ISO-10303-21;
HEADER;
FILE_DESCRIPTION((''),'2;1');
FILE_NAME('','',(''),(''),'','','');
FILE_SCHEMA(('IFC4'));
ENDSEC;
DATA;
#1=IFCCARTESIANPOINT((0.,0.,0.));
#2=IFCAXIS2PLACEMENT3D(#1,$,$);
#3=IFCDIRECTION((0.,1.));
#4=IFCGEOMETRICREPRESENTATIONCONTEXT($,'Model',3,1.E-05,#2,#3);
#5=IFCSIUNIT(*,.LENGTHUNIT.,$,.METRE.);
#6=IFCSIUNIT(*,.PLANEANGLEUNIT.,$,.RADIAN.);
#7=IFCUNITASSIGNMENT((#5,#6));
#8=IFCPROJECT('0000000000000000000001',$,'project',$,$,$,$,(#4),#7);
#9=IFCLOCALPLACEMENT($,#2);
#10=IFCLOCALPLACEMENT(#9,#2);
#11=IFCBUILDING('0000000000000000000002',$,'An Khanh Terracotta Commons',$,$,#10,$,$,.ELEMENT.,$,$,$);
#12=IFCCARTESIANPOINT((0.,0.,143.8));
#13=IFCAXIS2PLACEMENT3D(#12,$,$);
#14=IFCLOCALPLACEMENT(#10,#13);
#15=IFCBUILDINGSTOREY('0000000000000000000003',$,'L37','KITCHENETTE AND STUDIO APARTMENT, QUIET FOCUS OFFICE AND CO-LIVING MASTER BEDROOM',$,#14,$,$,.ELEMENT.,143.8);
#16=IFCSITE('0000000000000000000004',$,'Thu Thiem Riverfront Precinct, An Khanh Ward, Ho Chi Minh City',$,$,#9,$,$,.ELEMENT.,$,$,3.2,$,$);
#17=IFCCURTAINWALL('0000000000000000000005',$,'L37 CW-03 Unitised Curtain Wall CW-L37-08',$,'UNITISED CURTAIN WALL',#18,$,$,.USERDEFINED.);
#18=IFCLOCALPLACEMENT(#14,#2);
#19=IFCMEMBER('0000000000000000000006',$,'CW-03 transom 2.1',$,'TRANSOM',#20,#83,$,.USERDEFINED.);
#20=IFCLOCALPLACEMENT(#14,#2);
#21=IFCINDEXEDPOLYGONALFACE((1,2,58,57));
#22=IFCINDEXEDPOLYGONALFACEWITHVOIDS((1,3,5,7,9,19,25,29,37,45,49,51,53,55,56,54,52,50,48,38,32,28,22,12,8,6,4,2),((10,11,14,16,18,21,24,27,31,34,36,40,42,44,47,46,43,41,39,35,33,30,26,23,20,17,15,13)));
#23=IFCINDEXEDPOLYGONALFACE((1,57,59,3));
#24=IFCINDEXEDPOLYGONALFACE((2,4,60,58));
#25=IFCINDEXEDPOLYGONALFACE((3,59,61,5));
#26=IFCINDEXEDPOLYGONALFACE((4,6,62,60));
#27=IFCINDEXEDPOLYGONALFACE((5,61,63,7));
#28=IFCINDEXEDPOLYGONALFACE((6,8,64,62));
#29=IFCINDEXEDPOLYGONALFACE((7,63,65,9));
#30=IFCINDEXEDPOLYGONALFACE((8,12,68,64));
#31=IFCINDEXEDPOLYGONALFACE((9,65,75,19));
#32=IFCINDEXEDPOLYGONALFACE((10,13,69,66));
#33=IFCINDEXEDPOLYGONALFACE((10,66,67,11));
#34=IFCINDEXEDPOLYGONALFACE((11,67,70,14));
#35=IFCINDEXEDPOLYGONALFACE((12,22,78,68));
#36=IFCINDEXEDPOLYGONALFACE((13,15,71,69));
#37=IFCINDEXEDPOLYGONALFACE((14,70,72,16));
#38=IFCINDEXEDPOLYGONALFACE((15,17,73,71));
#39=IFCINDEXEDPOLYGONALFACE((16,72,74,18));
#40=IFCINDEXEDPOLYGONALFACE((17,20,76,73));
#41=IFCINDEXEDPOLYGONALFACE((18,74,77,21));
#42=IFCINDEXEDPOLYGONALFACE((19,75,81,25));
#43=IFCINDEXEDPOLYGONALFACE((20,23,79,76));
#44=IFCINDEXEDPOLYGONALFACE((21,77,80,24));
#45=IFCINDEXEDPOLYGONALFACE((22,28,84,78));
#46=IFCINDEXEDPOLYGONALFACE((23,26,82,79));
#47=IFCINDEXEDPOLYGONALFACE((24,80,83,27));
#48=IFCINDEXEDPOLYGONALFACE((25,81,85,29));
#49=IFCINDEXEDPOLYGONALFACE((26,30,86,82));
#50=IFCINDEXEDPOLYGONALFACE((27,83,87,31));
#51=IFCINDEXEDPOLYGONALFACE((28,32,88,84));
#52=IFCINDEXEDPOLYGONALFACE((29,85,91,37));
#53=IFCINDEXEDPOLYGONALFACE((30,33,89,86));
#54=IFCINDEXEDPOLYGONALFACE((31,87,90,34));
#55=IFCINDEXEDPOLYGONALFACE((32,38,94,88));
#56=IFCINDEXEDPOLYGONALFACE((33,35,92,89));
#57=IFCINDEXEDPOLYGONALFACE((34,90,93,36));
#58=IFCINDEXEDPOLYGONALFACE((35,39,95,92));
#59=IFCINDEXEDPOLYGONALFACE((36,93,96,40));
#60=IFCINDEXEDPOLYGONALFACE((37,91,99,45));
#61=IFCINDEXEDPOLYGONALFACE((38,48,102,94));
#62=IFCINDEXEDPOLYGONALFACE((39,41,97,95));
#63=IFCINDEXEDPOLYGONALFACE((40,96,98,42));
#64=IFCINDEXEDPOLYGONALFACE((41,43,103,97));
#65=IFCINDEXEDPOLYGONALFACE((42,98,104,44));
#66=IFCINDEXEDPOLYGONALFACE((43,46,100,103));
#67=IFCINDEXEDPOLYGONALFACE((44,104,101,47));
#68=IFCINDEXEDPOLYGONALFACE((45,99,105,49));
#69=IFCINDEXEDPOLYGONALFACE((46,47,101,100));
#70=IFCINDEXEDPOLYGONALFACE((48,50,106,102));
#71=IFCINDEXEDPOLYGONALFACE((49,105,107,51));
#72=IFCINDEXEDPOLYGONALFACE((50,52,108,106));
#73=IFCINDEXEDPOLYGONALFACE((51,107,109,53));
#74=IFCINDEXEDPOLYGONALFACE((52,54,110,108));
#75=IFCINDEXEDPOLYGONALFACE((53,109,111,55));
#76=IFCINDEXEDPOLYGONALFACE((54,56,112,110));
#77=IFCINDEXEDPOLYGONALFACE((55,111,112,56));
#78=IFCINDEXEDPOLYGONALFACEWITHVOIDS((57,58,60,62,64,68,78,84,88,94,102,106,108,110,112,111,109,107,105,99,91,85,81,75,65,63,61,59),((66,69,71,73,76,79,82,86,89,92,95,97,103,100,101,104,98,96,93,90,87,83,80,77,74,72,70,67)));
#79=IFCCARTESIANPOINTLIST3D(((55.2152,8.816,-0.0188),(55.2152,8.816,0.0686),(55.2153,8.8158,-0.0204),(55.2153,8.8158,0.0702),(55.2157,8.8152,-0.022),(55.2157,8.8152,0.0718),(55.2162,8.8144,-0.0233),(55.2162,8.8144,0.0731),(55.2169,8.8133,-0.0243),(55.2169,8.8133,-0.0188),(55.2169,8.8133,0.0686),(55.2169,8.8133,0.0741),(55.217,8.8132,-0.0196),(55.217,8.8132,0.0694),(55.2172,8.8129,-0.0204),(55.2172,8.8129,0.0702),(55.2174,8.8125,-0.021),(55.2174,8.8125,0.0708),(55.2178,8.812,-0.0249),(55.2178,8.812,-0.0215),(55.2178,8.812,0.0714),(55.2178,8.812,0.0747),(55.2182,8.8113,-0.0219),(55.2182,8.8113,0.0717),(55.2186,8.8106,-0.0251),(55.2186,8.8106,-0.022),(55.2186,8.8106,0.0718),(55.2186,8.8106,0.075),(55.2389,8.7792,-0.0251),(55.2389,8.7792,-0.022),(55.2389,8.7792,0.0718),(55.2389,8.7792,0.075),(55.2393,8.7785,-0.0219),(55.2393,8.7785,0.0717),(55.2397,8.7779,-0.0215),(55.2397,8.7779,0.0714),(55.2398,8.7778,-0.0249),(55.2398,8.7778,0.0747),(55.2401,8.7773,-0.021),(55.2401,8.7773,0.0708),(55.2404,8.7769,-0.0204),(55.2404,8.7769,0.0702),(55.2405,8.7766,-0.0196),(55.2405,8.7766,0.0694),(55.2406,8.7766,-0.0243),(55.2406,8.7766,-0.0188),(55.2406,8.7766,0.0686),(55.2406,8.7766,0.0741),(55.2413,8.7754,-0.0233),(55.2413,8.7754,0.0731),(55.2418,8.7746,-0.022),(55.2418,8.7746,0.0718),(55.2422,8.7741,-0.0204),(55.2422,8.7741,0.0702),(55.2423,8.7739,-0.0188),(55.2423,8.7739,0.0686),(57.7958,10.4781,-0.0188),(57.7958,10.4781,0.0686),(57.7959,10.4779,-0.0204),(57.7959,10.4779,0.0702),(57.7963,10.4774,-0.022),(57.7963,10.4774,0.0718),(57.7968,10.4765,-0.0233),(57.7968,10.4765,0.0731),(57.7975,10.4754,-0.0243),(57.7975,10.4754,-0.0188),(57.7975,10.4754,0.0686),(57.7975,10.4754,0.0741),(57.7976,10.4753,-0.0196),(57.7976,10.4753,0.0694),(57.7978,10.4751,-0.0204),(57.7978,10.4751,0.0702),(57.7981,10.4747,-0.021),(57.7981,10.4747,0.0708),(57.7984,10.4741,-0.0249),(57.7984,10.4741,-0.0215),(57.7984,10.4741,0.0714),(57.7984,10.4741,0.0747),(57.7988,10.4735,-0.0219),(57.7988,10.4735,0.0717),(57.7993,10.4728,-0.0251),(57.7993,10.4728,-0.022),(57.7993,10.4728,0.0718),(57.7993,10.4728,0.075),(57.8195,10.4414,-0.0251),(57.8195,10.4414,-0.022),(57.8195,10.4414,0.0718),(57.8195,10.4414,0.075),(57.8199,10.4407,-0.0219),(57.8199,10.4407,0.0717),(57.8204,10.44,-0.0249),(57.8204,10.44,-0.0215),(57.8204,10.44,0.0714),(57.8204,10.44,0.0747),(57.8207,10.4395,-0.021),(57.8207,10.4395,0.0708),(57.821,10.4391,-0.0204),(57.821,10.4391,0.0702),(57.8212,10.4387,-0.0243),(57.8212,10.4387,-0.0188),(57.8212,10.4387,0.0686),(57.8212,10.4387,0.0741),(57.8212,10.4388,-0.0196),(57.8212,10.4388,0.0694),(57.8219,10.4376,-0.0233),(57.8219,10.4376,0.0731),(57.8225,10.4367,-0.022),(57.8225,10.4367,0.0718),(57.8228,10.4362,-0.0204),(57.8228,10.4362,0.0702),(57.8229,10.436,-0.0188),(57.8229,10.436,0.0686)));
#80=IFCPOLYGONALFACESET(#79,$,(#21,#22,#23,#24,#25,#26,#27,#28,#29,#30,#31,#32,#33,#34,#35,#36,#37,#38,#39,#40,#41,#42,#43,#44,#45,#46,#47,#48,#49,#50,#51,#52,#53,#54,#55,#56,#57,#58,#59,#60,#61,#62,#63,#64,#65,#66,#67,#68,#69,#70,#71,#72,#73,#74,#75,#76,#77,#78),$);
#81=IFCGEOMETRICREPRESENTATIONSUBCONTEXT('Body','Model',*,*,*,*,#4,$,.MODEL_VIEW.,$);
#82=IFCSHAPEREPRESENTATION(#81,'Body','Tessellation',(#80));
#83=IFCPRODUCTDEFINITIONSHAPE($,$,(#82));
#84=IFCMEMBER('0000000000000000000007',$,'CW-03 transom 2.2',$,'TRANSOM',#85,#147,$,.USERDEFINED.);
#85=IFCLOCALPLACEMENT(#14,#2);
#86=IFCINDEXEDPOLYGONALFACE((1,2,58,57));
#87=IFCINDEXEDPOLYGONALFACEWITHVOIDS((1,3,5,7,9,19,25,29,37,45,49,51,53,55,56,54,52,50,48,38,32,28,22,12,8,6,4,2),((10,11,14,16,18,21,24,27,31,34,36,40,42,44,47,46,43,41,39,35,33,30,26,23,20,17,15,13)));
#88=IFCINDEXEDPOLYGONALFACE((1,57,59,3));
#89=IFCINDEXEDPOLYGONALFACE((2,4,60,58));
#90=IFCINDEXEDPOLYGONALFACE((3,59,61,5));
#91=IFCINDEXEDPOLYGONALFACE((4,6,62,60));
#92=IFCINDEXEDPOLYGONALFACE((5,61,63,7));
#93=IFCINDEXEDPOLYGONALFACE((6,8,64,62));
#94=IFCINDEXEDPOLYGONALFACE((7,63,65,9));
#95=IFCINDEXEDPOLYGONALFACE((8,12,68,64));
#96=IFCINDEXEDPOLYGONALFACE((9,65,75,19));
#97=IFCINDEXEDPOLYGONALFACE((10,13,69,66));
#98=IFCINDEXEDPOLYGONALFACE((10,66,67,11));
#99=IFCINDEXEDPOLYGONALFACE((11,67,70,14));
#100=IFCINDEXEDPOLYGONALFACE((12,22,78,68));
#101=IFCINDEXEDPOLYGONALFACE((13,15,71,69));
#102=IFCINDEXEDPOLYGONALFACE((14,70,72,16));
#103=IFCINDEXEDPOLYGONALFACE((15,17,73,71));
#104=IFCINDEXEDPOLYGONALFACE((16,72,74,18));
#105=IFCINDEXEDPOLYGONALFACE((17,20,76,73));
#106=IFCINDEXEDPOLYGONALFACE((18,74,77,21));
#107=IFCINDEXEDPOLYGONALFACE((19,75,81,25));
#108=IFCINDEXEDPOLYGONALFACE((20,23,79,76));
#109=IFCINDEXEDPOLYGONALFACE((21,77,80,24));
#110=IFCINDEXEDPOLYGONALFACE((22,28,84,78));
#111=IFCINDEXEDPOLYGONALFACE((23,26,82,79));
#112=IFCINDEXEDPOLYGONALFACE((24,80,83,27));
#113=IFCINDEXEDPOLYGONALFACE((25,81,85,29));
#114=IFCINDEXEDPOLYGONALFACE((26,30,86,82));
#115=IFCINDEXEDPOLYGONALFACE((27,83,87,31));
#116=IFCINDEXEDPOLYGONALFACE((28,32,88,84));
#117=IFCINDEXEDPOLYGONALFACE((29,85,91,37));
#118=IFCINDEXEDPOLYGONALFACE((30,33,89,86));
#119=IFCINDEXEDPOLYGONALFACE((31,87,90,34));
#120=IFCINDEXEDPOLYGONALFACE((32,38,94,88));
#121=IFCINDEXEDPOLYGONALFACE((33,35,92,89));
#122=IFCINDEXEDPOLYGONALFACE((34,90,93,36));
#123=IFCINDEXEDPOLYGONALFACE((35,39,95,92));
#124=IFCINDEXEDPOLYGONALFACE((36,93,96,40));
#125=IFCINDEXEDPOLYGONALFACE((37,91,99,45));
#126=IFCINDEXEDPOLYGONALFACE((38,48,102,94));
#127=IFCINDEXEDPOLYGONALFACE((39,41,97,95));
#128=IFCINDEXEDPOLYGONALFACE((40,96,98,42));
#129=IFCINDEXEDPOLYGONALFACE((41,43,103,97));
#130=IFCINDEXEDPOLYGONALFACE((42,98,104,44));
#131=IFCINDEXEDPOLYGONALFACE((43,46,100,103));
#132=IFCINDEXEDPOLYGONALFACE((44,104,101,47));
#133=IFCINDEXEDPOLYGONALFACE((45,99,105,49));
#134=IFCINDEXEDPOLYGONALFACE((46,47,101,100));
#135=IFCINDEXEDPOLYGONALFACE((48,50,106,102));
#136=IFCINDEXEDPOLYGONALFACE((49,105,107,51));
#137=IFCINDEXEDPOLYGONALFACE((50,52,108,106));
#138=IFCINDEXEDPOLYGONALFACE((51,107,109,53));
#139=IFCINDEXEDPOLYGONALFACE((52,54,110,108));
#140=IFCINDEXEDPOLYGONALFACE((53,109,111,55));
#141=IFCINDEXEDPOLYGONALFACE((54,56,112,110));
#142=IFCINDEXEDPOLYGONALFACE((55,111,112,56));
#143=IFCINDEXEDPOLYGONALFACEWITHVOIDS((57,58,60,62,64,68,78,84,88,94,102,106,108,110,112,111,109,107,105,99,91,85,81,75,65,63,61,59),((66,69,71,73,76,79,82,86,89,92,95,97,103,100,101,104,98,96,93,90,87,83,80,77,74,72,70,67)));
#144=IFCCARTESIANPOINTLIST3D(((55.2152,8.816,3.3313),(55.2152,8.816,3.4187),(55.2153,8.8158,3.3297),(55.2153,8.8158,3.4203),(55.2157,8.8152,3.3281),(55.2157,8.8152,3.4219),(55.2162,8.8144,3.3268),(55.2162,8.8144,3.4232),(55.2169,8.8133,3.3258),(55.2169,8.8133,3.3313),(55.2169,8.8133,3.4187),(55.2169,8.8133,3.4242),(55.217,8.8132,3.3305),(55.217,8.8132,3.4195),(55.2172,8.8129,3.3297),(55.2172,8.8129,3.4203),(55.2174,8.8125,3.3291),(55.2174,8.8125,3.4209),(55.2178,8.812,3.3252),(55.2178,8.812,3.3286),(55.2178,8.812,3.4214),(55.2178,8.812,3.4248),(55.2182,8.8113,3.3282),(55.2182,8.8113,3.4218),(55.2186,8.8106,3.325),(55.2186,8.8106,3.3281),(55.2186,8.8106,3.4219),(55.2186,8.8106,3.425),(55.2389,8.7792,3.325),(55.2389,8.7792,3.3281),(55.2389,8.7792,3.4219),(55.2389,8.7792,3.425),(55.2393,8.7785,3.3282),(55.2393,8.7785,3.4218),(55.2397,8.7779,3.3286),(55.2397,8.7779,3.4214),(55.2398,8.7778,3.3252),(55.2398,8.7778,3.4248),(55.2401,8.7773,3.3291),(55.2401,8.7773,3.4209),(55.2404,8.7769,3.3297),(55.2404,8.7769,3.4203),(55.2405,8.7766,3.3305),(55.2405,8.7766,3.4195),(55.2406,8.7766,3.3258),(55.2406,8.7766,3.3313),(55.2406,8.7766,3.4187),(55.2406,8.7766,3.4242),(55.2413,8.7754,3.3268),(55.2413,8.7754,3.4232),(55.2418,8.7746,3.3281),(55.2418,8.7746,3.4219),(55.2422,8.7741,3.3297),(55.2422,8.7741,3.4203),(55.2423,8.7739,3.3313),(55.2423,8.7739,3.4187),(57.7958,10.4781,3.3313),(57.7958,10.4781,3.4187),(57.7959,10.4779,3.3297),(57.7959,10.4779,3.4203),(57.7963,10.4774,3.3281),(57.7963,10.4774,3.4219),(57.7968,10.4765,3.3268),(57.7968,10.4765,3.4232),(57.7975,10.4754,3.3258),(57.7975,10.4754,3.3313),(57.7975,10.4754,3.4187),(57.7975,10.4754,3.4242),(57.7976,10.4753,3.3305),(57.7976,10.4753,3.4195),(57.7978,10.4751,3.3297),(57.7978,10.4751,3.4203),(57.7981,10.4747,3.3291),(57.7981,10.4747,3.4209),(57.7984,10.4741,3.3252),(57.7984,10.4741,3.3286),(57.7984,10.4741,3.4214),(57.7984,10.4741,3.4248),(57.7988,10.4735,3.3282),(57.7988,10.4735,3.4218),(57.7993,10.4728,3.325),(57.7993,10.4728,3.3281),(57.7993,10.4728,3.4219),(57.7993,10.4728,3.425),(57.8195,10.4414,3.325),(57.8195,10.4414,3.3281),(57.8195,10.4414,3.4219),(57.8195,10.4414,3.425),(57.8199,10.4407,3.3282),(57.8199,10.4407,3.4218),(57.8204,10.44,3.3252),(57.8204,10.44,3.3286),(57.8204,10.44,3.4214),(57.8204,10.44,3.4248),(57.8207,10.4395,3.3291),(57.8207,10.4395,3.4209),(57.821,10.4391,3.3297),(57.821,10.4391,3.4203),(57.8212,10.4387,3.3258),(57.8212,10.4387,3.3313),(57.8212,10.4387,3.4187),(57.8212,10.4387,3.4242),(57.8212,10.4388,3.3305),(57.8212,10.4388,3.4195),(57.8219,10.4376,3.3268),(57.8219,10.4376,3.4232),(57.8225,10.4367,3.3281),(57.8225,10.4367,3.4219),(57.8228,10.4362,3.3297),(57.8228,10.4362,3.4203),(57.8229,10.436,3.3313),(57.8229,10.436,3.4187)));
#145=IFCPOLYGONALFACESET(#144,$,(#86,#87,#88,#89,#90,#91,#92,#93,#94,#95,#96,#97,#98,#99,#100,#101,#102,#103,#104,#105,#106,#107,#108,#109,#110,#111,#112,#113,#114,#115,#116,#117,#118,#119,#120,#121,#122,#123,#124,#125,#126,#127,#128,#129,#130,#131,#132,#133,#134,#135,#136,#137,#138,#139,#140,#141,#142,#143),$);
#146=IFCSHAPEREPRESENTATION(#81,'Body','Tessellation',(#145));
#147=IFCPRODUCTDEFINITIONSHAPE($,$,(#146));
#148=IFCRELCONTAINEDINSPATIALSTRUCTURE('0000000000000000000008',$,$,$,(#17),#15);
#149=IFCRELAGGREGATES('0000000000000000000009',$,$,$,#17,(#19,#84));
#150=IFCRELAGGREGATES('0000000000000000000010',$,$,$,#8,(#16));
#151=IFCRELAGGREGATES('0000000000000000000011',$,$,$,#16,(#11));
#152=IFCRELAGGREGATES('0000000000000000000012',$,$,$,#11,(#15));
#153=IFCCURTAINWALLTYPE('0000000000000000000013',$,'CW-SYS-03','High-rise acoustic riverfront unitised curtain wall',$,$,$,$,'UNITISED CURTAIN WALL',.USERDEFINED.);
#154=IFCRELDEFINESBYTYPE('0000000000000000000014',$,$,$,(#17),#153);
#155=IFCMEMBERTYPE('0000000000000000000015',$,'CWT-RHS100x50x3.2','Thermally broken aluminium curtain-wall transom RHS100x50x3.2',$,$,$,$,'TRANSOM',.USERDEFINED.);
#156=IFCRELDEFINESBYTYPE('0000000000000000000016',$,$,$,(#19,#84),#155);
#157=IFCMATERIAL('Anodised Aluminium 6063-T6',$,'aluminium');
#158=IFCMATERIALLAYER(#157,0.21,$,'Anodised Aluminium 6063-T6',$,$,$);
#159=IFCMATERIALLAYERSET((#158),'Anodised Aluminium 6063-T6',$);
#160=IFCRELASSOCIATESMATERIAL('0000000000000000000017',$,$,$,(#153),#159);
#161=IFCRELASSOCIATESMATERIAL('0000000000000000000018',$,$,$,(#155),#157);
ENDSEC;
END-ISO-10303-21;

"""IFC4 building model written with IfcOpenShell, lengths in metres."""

from ifc_helpers import new_model, si_unit, direction, frame, origin, origin_2d, place, context, subcontext, project, spatial, hollow_rectangle, extrude, material, layer, layer_set, material_profile, profile_set, type_object, element, aggregate, save


model = new_model("IFC4")

# Units and contexts
model_context = context("Model", 3, precision=1e-05, world=origin(), true_north=direction((0.0, 1.0)))
body_context = subcontext(model_context, "Body", "Model", "MODEL_VIEW")
ifc_project = project(units=[si_unit("LENGTHUNIT", "METRE"), si_unit("PLANEANGLEUNIT", "RADIAN")], contexts=[model_context])

# Site, building, storey
site_placement = place(None, origin())
site = spatial("IfcSite", under=ifc_project, at=site_placement, Name="Thu Thiem Riverfront Precinct, An Khanh Ward, Ho Chi Minh City", CompositionType="ELEMENT", RefElevation=3.2)
building_placement = place(site_placement, origin())
building = spatial("IfcBuilding", under=site, at=building_placement, Name="An Khanh Terracotta Commons", CompositionType="ELEMENT")
storey_placement = place(building_placement, frame((0.0, 0.0, 143.8)))
storey = spatial("IfcBuildingStorey", under=building, at=storey_placement, Name="L37", Description="KITCHENETTE AND STUDIO APARTMENT, QUIET FOCUS OFFICE AND CO-LIVING MASTER BEDROOM", CompositionType="ELEMENT", Elevation=143.8)

# Curtain wall
ifc_material_1 = material(Name="Anodised Aluminium 6063-T6", Category="aluminium")
ifc_layer_1 = layer(ifc_material_1, 0.21, Name="Anodised Aluminium 6063-T6")
ifc_layer_set_1 = layer_set([ifc_layer_1], Name="Anodised Aluminium 6063-T6")
curtain_wall_type = type_object("IfcCurtainWallType", Name="CW-SYS-03", Description="High-rise acoustic riverfront unitised curtain wall", ElementType="UNITISED CURTAIN WALL", PredefinedType="USERDEFINED", material=ifc_layer_set_1)
curtain_wall_1_placement = place(storey_placement, origin())
curtain_wall_1 = element("IfcCurtainWall", 1, at=curtain_wall_1_placement, inside=storey, type_object=curtain_wall_type, Name="L37 CW-03 Unitised Curtain Wall CW-L37-08", ObjectType="UNITISED CURTAIN WALL", PredefinedType="USERDEFINED")

# Members
ifc_material_profile_1 = material_profile(ifc_material_1, hollow_rectangle(XDim=0.05, YDim=0.1001, WallThickness=0.0032, InnerFilletRadius=0.0032, OuterFilletRadius=0.0063, at=origin_2d()), Name="RHS100x50x3.2")
ifc_profile_set_1 = profile_set([ifc_material_profile_1], Name="Anodised Aluminium 6063-T6")
member_type_1 = type_object("IfcMemberType", Name="CWT-RHS100x50x3.2", Description="Thermally broken aluminium curtain-wall transom RHS100x50x3.2", ElementType="TRANSOM", PredefinedType="USERDEFINED", material=ifc_profile_set_1)
member_1_placement = place(storey_placement, frame((55.2288, 8.7949, 0.0249), z_axis=(0.840708, 0.541489, 0.0), x_axis=(-0.541489, 0.840708, 0.0)))
member_1 = element("IfcMember", 2, at=member_1_placement, type_object=member_type_1, Name="CW-03 transom 2.1", ObjectType="TRANSOM", PredefinedType="USERDEFINED", context=body_context, shape_type="SweptSolid", body=[
    extrude(hollow_rectangle(XDim=0.05, YDim=0.1001, WallThickness=0.0032, InnerFilletRadius=0.0032, OuterFilletRadius=0.0063, at=origin_2d()), origin(), (0.0, 0.0, 1.0), 3.0696),
])
member_2_placement = place(storey_placement, frame((55.2288, 8.7949, 3.375), z_axis=(0.840708, 0.541489, 0.0), x_axis=(-0.541489, 0.840708, 0.0)))
member_2 = element("IfcMember", 3, at=member_2_placement, type_object=member_type_1, Name="CW-03 transom 2.2", ObjectType="TRANSOM", PredefinedType="USERDEFINED", context=body_context, shape_type="SweptSolid", body=[
    extrude(hollow_rectangle(XDim=0.05, YDim=0.1001, WallThickness=0.0032, InnerFilletRadius=0.0032, OuterFilletRadius=0.0063, at=origin_2d()), origin(), (0.0, 0.0, 1.0), 3.0696),
])

aggregate(curtain_wall_1, [member_1, member_2])

save(model, "model.ifc")
